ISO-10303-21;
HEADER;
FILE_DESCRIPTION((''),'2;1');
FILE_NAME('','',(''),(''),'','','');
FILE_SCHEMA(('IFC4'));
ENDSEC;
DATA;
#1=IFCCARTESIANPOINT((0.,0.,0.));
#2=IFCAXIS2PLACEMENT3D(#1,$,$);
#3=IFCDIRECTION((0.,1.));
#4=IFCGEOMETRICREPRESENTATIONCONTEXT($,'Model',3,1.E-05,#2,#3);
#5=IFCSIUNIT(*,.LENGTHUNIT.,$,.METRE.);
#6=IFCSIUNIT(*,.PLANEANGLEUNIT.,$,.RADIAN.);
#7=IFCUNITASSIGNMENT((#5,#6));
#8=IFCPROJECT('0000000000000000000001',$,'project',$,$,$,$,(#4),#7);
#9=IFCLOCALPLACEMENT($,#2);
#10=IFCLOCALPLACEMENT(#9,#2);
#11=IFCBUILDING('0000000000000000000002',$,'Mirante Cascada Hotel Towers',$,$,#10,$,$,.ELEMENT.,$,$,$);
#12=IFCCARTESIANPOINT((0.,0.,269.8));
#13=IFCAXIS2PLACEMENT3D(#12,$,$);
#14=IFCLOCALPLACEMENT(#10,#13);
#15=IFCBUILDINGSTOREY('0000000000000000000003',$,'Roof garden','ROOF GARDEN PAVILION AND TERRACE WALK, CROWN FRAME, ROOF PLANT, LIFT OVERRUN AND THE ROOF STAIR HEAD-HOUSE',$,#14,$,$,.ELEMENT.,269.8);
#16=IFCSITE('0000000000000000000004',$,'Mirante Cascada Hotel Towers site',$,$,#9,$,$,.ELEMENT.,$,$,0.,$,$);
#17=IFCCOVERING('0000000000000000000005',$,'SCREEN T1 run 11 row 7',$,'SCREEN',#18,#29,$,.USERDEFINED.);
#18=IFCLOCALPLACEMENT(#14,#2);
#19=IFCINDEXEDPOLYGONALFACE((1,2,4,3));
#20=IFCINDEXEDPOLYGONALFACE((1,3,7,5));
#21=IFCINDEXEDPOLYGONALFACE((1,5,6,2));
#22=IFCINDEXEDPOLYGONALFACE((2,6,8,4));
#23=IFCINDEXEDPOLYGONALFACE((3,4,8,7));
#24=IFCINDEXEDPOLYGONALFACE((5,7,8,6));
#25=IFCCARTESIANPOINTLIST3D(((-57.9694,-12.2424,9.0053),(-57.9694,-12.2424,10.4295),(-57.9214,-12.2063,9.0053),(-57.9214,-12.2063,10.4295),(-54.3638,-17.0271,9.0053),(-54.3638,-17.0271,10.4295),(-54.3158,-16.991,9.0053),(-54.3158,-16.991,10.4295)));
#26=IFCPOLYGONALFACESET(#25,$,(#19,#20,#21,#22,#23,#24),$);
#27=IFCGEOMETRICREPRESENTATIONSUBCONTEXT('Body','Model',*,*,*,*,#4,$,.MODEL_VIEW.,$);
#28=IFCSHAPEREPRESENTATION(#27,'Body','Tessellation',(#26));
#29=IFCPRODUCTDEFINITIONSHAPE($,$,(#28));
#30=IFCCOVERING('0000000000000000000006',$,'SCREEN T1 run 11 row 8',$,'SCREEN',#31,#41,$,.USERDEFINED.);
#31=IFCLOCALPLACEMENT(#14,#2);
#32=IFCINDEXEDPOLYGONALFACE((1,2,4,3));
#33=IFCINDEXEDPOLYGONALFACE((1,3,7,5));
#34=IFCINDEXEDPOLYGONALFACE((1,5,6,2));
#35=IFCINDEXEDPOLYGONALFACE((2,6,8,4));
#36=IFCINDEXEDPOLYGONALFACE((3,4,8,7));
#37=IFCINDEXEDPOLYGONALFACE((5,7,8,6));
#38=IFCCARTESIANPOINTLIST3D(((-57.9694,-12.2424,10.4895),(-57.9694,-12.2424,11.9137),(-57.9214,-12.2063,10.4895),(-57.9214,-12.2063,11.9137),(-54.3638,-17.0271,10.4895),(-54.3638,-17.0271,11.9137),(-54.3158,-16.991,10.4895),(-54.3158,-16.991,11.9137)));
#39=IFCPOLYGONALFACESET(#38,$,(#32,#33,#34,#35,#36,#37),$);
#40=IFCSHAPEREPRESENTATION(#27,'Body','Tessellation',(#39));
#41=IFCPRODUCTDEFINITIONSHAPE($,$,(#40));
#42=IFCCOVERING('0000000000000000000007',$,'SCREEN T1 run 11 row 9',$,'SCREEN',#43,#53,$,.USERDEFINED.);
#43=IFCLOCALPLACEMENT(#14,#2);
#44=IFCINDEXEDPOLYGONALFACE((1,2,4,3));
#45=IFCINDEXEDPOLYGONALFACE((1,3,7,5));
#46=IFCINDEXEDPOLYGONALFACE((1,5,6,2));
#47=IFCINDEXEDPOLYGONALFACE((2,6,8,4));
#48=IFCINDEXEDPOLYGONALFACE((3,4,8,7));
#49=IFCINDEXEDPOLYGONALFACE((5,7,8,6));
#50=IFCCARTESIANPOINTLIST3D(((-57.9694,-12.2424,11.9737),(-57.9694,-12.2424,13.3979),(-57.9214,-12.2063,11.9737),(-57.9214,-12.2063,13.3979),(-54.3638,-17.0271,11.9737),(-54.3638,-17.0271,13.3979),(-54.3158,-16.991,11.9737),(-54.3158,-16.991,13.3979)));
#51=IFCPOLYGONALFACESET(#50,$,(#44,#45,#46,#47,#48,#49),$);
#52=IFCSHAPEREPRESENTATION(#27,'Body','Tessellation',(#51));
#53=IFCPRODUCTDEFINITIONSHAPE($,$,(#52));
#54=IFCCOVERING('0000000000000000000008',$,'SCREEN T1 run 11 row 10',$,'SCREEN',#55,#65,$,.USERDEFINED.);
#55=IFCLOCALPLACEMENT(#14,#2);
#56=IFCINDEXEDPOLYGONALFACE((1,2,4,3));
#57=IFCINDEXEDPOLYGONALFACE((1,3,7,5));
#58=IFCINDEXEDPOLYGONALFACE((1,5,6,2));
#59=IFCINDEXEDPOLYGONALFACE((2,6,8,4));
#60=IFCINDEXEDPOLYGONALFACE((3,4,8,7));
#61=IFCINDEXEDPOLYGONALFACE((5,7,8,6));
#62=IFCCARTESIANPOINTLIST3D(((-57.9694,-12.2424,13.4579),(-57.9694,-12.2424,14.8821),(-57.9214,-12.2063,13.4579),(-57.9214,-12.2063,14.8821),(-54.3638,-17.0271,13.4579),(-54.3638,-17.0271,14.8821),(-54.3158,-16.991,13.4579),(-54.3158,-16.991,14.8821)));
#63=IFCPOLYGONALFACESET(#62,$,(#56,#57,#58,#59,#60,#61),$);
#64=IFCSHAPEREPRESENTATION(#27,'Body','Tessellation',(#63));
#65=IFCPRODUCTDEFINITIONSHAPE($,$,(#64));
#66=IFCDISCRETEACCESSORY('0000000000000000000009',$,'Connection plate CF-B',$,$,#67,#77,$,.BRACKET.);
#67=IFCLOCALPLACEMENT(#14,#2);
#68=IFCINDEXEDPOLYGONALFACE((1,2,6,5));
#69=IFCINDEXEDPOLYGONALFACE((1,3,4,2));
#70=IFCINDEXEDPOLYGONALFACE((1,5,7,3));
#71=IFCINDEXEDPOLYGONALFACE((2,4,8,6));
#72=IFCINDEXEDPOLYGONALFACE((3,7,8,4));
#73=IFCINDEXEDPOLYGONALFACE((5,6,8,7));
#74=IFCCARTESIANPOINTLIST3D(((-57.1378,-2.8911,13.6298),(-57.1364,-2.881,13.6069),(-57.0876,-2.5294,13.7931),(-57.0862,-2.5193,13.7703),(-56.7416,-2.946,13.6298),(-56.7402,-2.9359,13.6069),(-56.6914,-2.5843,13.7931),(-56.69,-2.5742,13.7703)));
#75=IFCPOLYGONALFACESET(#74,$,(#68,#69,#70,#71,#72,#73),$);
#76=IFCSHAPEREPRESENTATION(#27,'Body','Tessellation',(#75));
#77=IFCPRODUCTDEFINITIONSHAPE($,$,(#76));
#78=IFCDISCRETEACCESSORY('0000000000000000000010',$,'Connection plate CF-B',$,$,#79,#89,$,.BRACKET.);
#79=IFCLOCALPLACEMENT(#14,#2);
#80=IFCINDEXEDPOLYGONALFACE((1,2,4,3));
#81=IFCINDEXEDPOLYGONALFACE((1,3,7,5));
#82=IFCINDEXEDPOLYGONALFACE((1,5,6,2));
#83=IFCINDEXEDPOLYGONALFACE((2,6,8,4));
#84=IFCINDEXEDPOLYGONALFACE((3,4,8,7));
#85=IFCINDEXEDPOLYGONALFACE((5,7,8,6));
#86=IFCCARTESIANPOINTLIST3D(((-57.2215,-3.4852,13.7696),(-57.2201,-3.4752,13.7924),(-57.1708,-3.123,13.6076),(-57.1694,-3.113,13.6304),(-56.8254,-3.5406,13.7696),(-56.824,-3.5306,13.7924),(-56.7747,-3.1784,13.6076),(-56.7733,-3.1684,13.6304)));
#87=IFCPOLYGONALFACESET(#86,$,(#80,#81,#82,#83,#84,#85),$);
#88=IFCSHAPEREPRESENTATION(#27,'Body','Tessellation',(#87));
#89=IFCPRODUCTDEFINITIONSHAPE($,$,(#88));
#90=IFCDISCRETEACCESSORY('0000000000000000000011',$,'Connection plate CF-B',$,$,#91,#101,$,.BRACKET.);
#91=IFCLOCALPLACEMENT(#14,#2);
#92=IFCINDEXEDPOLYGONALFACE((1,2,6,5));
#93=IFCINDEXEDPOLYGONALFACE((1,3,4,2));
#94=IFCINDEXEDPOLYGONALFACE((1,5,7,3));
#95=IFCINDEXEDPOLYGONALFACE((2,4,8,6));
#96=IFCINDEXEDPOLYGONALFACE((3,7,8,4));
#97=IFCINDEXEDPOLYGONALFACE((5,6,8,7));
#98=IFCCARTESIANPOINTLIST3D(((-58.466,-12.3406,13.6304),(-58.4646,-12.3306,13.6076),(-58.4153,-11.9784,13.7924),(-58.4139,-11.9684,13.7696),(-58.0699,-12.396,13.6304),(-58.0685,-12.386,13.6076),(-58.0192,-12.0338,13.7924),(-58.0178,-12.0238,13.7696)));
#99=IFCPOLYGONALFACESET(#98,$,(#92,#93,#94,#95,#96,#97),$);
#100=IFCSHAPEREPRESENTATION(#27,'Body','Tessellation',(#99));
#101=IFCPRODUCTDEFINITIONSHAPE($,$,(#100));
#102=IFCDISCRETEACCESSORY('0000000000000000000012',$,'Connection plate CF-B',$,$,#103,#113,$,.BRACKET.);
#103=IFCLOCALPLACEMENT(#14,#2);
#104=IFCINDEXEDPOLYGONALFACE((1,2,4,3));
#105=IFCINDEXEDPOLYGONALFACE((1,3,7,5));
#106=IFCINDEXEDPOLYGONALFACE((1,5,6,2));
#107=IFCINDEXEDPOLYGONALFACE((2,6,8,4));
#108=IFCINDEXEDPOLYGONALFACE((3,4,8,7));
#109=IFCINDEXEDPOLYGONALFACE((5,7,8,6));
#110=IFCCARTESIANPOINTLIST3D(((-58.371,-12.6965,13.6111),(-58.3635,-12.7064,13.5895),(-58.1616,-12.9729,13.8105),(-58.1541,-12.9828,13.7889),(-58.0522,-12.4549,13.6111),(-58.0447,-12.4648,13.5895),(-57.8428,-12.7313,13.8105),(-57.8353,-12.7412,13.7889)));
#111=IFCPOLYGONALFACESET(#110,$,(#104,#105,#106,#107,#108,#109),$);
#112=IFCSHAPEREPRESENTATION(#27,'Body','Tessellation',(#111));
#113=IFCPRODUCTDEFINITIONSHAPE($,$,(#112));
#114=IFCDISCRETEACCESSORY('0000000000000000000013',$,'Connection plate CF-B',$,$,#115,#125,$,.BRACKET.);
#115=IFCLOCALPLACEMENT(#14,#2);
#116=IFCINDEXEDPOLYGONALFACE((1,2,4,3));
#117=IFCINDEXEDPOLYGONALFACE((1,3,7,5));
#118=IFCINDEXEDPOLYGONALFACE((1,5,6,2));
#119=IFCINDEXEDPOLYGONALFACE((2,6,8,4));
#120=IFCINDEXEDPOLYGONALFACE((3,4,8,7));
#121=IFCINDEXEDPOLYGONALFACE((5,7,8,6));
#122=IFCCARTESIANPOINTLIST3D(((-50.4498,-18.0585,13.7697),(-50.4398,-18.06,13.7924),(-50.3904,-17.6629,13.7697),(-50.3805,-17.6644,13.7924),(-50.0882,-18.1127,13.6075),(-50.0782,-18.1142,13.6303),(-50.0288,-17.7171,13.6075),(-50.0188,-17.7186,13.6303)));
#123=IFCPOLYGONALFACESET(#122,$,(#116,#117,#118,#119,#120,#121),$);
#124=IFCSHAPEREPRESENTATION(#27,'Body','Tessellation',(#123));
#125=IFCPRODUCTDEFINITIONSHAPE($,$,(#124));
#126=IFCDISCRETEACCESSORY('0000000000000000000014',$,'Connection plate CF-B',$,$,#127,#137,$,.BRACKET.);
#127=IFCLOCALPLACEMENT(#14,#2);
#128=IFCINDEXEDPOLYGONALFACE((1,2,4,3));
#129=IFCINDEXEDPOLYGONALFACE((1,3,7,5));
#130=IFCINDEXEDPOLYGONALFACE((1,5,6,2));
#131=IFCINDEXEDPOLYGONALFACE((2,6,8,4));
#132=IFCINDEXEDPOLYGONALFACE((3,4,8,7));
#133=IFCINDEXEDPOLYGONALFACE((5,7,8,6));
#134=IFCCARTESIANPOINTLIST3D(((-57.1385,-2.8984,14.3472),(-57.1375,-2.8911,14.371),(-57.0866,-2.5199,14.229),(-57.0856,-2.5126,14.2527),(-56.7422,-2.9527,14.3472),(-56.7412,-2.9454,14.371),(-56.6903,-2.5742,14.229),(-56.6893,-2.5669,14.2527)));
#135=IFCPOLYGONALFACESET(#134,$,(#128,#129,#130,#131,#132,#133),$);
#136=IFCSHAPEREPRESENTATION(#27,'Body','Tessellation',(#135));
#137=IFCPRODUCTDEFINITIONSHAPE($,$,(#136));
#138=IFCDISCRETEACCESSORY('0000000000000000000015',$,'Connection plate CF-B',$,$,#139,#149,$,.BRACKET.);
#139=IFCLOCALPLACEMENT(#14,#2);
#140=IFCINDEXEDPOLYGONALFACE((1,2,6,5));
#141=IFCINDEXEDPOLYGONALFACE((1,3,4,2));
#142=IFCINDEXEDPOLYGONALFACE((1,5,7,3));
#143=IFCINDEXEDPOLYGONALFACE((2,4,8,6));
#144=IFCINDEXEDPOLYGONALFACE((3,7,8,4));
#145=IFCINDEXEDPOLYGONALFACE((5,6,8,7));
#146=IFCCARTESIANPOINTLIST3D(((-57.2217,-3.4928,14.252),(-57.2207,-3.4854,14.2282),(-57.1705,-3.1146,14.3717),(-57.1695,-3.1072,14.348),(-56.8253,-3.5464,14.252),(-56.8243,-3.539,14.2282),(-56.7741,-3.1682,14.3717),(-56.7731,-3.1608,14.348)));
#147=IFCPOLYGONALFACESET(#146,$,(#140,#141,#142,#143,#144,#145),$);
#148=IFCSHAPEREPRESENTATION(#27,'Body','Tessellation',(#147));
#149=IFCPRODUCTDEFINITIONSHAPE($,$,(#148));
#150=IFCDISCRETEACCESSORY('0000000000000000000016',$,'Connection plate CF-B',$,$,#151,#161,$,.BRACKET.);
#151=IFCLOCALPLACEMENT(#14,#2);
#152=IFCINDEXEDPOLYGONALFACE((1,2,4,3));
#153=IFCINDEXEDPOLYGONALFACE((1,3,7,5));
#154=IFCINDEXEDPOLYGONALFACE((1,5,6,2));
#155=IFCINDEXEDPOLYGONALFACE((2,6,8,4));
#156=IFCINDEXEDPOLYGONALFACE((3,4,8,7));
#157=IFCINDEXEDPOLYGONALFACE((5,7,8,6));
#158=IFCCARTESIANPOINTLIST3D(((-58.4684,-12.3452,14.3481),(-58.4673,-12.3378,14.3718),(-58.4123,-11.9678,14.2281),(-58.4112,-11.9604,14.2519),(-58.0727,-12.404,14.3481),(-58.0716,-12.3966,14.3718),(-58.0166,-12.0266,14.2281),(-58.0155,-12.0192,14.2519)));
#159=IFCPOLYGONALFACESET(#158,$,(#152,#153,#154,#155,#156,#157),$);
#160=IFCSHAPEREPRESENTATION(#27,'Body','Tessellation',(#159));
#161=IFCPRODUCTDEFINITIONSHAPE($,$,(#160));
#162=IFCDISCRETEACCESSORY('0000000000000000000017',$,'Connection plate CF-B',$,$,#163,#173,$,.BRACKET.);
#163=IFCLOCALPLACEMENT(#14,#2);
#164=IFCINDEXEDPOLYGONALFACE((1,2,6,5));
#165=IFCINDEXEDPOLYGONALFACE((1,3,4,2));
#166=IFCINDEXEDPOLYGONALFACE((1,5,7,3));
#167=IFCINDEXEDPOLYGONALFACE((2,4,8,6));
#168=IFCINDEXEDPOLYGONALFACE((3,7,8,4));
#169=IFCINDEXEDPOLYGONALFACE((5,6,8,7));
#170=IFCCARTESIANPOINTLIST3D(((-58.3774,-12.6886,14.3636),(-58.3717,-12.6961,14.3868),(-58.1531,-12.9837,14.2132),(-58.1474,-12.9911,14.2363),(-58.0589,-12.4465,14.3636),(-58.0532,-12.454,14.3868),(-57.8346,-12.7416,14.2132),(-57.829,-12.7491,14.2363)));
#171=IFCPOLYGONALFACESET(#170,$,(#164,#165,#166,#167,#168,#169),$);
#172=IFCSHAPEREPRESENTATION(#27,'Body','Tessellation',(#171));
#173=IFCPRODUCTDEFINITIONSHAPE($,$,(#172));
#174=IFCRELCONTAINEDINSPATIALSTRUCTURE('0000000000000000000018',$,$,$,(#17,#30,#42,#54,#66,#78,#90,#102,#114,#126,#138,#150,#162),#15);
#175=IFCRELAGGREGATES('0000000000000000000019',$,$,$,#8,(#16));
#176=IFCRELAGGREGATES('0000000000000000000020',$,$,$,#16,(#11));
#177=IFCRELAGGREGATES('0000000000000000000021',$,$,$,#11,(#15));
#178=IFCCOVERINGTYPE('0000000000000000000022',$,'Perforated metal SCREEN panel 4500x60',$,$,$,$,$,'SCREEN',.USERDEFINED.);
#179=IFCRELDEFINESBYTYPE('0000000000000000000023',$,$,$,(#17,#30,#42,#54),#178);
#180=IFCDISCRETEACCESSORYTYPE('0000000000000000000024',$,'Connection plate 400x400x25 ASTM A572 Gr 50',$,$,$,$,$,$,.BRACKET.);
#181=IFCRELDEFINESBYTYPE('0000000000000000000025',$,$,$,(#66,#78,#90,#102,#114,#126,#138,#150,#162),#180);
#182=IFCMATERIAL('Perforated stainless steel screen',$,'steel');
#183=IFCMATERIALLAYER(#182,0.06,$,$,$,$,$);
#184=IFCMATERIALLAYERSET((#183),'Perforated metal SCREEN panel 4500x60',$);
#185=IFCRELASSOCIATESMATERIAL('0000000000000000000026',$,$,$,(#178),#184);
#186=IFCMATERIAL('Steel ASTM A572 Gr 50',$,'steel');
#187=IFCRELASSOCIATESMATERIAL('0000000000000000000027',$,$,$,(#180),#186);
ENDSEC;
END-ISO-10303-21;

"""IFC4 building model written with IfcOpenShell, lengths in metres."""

from ifc_helpers import new_model, si_unit, direction, frame, origin, origin_2d, place, context, subcontext, project, spatial, rectangle, extrude, material, layer, layer_set, material_profile, profile_set, type_object, element, save


model = new_model("IFC4")

# Units and contexts
model_context = context("Model", 3, precision=1e-05, world=origin(), true_north=direction((0.0, 1.0)))
body_context = subcontext(model_context, "Body", "Model", "MODEL_VIEW")
ifc_project = project(units=[si_unit("LENGTHUNIT", "METRE"), si_unit("PLANEANGLEUNIT", "RADIAN")], contexts=[model_context])

# Site, building, storey
site_placement = place(None, origin())
site = spatial("IfcSite", under=ifc_project, at=site_placement, Name="Mirante Cascada Hotel Towers site", CompositionType="ELEMENT", RefElevation=0.0)
building_placement = place(site_placement, origin())
building = spatial("IfcBuilding", under=site, at=building_placement, Name="Mirante Cascada Hotel Towers", CompositionType="ELEMENT")
storey_placement = place(building_placement, frame((0.0, 0.0, 269.8)))
storey = spatial("IfcBuildingStorey", under=building, at=storey_placement, Name="Roof garden", Description="ROOF GARDEN PAVILION AND TERRACE WALK, CROWN FRAME, ROOF PLANT, LIFT OVERRUN AND THE ROOF STAIR HEAD-HOUSE", CompositionType="ELEMENT", Elevation=269.8)

# Coverings
ifc_material_1 = material(Name="Perforated stainless steel screen", Category="steel")
ifc_layer_1 = layer(ifc_material_1, 0.06)
ifc_layer_set_1 = layer_set([ifc_layer_1], Name="Perforated metal SCREEN panel 4500x60")
covering_type_1 = type_object("IfcCoveringType", Name="Perforated metal SCREEN panel 4500x60", ElementType="SCREEN", PredefinedType="USERDEFINED", material=ifc_layer_set_1)
for number, where, z_axis, x_axis, name in (
    (1, (-56.1426, -14.6167, 9.0053), (0.0, 0.0, 1.0), (0.601815, -0.798636, 0.0), "SCREEN T1 run 11 row 7"),
    (2, (-56.1426, -14.6167, 10.4895), (0.0, 0.0, 1.0), (0.601815, -0.798636, 0.0), "SCREEN T1 run 11 row 8"),
    (3, (-56.1426, -14.6167, 11.9737), (0.0, 0.0, 1.0), (0.601815, -0.798636, 0.0), "SCREEN T1 run 11 row 9"),
    (4, (-56.1426, -14.6167, 13.4579), (0.0, 0.0, 1.0), (0.601815, -0.798636, 0.0), "SCREEN T1 run 11 row 10"),
):
    element("IfcCovering", number, at=place(storey_placement, frame(where, z_axis=z_axis, x_axis=x_axis)), inside=storey, type_object=covering_type_1, Name=name, ObjectType="SCREEN", PredefinedType="USERDEFINED", context=body_context, shape_type="SweptSolid", body=[
        extrude(rectangle(XDim=5.9912, YDim=0.06, at=origin_2d()), origin(), (0.0, 0.0, 1.0), 1.4242),
    ])

# Discrete accessories
ifc_material_2 = material(Name="Steel ASTM A572 Gr 50", Category="steel")
ifc_material_profile_1 = material_profile(ifc_material_2, rectangle(XDim=0.4, YDim=0.4, at=origin_2d()), Name="Connection plate 400x400x25 ASTM A572 Gr 50")
ifc_profile_set_1 = profile_set([ifc_material_profile_1], Name="Steel ASTM A572 Gr 50")
discrete_accessory_type = type_object("IfcDiscreteAccessoryType", Name="Connection plate 400x400x25 ASTM A572 Gr 50", PredefinedType="BRACKET", material=ifc_profile_set_1)
discrete_accessory_1_placement = place(storey_placement, frame((-56.9132, -2.7276, 13.6886), z_axis=(-0.056053, -0.404385, 0.91287), x_axis=(0.990529, -0.137301, 0.0)))
element("IfcDiscreteAccessory", 5, at=discrete_accessory_1_placement, inside=storey, type_object=discrete_accessory_type, Name="Connection plate CF-B", PredefinedType="BRACKET", context=body_context, shape_type="SweptSolid", body=[
    extrude(rectangle(XDim=0.4, YDim=0.4, at=origin_2d()), origin(), (0.0, 0.0, 1.0), 0.025),
])
for number, where, z_axis, x_axis, name in (
    (6, (-56.9981, -3.3318, 13.6886), (0.056144, 0.401028, 0.914344), (-0.990342, 0.138648, 0.0), "Connection plate CF-B"),
    (7, (-58.2412, -12.1772, 13.6886), (-0.056144, -0.401028, 0.914344), (0.990342, -0.138648, 0.0), "Connection plate CF-B"),
    (8, (-58.0994, -12.7238, 13.6892), (-0.301008, 0.397331, 0.866904), (-0.797092, -0.603858, 0.0), "Connection plate CF-B"),
    (9, (-50.2393, -17.8878, 13.6886), (0.400935, -0.06014, 0.914131), (0.14834, 0.988936, 0.0), "Connection plate CF-B"),
    (10, (-56.9144, -2.7363, 14.2881), (0.040137, 0.293003, 0.955269), (-0.990747, 0.135719, 0.0), "Connection plate CF-B"),
    (11, (-56.9969, -3.3231, 14.2881), (-0.04009, -0.296665, 0.95414), (0.990992, -0.133918, 0.0), "Connection plate CF-B"),
    (12, (-58.2425, -12.1859, 14.2881), (0.044091, 0.296615, 0.953979), (-0.989132, 0.147033, 0.0), "Connection plate CF-B"),
):
    element("IfcDiscreteAccessory", number, at=place(storey_placement, frame(where, z_axis=z_axis, x_axis=x_axis)), inside=storey, type_object=discrete_accessory_type, Name=name, PredefinedType="BRACKET", context=body_context, shape_type="SweptSolid", body=[
        extrude(rectangle(XDim=0.4, YDim=0.4, at=origin_2d()), origin(), (0.0, 0.0, 1.0), 0.0249),
    ])
discrete_accessory_2_placement = place(storey_placement, frame((-58.106, -12.7151, 14.2884), z_axis=(0.22764, -0.299526, 0.926534), x_axis=(0.796162, 0.605083, 0.0)))
element("IfcDiscreteAccessory", 13, at=discrete_accessory_2_placement, inside=storey, type_object=discrete_accessory_type, Name="Connection plate CF-B", PredefinedType="BRACKET", context=body_context, shape_type="SweptSolid", body=[
    extrude(rectangle(XDim=0.4, YDim=0.4, at=origin_2d()), origin(), (0.0, 0.0, 1.0), 0.025),
])

save(model, "model.ifc")
